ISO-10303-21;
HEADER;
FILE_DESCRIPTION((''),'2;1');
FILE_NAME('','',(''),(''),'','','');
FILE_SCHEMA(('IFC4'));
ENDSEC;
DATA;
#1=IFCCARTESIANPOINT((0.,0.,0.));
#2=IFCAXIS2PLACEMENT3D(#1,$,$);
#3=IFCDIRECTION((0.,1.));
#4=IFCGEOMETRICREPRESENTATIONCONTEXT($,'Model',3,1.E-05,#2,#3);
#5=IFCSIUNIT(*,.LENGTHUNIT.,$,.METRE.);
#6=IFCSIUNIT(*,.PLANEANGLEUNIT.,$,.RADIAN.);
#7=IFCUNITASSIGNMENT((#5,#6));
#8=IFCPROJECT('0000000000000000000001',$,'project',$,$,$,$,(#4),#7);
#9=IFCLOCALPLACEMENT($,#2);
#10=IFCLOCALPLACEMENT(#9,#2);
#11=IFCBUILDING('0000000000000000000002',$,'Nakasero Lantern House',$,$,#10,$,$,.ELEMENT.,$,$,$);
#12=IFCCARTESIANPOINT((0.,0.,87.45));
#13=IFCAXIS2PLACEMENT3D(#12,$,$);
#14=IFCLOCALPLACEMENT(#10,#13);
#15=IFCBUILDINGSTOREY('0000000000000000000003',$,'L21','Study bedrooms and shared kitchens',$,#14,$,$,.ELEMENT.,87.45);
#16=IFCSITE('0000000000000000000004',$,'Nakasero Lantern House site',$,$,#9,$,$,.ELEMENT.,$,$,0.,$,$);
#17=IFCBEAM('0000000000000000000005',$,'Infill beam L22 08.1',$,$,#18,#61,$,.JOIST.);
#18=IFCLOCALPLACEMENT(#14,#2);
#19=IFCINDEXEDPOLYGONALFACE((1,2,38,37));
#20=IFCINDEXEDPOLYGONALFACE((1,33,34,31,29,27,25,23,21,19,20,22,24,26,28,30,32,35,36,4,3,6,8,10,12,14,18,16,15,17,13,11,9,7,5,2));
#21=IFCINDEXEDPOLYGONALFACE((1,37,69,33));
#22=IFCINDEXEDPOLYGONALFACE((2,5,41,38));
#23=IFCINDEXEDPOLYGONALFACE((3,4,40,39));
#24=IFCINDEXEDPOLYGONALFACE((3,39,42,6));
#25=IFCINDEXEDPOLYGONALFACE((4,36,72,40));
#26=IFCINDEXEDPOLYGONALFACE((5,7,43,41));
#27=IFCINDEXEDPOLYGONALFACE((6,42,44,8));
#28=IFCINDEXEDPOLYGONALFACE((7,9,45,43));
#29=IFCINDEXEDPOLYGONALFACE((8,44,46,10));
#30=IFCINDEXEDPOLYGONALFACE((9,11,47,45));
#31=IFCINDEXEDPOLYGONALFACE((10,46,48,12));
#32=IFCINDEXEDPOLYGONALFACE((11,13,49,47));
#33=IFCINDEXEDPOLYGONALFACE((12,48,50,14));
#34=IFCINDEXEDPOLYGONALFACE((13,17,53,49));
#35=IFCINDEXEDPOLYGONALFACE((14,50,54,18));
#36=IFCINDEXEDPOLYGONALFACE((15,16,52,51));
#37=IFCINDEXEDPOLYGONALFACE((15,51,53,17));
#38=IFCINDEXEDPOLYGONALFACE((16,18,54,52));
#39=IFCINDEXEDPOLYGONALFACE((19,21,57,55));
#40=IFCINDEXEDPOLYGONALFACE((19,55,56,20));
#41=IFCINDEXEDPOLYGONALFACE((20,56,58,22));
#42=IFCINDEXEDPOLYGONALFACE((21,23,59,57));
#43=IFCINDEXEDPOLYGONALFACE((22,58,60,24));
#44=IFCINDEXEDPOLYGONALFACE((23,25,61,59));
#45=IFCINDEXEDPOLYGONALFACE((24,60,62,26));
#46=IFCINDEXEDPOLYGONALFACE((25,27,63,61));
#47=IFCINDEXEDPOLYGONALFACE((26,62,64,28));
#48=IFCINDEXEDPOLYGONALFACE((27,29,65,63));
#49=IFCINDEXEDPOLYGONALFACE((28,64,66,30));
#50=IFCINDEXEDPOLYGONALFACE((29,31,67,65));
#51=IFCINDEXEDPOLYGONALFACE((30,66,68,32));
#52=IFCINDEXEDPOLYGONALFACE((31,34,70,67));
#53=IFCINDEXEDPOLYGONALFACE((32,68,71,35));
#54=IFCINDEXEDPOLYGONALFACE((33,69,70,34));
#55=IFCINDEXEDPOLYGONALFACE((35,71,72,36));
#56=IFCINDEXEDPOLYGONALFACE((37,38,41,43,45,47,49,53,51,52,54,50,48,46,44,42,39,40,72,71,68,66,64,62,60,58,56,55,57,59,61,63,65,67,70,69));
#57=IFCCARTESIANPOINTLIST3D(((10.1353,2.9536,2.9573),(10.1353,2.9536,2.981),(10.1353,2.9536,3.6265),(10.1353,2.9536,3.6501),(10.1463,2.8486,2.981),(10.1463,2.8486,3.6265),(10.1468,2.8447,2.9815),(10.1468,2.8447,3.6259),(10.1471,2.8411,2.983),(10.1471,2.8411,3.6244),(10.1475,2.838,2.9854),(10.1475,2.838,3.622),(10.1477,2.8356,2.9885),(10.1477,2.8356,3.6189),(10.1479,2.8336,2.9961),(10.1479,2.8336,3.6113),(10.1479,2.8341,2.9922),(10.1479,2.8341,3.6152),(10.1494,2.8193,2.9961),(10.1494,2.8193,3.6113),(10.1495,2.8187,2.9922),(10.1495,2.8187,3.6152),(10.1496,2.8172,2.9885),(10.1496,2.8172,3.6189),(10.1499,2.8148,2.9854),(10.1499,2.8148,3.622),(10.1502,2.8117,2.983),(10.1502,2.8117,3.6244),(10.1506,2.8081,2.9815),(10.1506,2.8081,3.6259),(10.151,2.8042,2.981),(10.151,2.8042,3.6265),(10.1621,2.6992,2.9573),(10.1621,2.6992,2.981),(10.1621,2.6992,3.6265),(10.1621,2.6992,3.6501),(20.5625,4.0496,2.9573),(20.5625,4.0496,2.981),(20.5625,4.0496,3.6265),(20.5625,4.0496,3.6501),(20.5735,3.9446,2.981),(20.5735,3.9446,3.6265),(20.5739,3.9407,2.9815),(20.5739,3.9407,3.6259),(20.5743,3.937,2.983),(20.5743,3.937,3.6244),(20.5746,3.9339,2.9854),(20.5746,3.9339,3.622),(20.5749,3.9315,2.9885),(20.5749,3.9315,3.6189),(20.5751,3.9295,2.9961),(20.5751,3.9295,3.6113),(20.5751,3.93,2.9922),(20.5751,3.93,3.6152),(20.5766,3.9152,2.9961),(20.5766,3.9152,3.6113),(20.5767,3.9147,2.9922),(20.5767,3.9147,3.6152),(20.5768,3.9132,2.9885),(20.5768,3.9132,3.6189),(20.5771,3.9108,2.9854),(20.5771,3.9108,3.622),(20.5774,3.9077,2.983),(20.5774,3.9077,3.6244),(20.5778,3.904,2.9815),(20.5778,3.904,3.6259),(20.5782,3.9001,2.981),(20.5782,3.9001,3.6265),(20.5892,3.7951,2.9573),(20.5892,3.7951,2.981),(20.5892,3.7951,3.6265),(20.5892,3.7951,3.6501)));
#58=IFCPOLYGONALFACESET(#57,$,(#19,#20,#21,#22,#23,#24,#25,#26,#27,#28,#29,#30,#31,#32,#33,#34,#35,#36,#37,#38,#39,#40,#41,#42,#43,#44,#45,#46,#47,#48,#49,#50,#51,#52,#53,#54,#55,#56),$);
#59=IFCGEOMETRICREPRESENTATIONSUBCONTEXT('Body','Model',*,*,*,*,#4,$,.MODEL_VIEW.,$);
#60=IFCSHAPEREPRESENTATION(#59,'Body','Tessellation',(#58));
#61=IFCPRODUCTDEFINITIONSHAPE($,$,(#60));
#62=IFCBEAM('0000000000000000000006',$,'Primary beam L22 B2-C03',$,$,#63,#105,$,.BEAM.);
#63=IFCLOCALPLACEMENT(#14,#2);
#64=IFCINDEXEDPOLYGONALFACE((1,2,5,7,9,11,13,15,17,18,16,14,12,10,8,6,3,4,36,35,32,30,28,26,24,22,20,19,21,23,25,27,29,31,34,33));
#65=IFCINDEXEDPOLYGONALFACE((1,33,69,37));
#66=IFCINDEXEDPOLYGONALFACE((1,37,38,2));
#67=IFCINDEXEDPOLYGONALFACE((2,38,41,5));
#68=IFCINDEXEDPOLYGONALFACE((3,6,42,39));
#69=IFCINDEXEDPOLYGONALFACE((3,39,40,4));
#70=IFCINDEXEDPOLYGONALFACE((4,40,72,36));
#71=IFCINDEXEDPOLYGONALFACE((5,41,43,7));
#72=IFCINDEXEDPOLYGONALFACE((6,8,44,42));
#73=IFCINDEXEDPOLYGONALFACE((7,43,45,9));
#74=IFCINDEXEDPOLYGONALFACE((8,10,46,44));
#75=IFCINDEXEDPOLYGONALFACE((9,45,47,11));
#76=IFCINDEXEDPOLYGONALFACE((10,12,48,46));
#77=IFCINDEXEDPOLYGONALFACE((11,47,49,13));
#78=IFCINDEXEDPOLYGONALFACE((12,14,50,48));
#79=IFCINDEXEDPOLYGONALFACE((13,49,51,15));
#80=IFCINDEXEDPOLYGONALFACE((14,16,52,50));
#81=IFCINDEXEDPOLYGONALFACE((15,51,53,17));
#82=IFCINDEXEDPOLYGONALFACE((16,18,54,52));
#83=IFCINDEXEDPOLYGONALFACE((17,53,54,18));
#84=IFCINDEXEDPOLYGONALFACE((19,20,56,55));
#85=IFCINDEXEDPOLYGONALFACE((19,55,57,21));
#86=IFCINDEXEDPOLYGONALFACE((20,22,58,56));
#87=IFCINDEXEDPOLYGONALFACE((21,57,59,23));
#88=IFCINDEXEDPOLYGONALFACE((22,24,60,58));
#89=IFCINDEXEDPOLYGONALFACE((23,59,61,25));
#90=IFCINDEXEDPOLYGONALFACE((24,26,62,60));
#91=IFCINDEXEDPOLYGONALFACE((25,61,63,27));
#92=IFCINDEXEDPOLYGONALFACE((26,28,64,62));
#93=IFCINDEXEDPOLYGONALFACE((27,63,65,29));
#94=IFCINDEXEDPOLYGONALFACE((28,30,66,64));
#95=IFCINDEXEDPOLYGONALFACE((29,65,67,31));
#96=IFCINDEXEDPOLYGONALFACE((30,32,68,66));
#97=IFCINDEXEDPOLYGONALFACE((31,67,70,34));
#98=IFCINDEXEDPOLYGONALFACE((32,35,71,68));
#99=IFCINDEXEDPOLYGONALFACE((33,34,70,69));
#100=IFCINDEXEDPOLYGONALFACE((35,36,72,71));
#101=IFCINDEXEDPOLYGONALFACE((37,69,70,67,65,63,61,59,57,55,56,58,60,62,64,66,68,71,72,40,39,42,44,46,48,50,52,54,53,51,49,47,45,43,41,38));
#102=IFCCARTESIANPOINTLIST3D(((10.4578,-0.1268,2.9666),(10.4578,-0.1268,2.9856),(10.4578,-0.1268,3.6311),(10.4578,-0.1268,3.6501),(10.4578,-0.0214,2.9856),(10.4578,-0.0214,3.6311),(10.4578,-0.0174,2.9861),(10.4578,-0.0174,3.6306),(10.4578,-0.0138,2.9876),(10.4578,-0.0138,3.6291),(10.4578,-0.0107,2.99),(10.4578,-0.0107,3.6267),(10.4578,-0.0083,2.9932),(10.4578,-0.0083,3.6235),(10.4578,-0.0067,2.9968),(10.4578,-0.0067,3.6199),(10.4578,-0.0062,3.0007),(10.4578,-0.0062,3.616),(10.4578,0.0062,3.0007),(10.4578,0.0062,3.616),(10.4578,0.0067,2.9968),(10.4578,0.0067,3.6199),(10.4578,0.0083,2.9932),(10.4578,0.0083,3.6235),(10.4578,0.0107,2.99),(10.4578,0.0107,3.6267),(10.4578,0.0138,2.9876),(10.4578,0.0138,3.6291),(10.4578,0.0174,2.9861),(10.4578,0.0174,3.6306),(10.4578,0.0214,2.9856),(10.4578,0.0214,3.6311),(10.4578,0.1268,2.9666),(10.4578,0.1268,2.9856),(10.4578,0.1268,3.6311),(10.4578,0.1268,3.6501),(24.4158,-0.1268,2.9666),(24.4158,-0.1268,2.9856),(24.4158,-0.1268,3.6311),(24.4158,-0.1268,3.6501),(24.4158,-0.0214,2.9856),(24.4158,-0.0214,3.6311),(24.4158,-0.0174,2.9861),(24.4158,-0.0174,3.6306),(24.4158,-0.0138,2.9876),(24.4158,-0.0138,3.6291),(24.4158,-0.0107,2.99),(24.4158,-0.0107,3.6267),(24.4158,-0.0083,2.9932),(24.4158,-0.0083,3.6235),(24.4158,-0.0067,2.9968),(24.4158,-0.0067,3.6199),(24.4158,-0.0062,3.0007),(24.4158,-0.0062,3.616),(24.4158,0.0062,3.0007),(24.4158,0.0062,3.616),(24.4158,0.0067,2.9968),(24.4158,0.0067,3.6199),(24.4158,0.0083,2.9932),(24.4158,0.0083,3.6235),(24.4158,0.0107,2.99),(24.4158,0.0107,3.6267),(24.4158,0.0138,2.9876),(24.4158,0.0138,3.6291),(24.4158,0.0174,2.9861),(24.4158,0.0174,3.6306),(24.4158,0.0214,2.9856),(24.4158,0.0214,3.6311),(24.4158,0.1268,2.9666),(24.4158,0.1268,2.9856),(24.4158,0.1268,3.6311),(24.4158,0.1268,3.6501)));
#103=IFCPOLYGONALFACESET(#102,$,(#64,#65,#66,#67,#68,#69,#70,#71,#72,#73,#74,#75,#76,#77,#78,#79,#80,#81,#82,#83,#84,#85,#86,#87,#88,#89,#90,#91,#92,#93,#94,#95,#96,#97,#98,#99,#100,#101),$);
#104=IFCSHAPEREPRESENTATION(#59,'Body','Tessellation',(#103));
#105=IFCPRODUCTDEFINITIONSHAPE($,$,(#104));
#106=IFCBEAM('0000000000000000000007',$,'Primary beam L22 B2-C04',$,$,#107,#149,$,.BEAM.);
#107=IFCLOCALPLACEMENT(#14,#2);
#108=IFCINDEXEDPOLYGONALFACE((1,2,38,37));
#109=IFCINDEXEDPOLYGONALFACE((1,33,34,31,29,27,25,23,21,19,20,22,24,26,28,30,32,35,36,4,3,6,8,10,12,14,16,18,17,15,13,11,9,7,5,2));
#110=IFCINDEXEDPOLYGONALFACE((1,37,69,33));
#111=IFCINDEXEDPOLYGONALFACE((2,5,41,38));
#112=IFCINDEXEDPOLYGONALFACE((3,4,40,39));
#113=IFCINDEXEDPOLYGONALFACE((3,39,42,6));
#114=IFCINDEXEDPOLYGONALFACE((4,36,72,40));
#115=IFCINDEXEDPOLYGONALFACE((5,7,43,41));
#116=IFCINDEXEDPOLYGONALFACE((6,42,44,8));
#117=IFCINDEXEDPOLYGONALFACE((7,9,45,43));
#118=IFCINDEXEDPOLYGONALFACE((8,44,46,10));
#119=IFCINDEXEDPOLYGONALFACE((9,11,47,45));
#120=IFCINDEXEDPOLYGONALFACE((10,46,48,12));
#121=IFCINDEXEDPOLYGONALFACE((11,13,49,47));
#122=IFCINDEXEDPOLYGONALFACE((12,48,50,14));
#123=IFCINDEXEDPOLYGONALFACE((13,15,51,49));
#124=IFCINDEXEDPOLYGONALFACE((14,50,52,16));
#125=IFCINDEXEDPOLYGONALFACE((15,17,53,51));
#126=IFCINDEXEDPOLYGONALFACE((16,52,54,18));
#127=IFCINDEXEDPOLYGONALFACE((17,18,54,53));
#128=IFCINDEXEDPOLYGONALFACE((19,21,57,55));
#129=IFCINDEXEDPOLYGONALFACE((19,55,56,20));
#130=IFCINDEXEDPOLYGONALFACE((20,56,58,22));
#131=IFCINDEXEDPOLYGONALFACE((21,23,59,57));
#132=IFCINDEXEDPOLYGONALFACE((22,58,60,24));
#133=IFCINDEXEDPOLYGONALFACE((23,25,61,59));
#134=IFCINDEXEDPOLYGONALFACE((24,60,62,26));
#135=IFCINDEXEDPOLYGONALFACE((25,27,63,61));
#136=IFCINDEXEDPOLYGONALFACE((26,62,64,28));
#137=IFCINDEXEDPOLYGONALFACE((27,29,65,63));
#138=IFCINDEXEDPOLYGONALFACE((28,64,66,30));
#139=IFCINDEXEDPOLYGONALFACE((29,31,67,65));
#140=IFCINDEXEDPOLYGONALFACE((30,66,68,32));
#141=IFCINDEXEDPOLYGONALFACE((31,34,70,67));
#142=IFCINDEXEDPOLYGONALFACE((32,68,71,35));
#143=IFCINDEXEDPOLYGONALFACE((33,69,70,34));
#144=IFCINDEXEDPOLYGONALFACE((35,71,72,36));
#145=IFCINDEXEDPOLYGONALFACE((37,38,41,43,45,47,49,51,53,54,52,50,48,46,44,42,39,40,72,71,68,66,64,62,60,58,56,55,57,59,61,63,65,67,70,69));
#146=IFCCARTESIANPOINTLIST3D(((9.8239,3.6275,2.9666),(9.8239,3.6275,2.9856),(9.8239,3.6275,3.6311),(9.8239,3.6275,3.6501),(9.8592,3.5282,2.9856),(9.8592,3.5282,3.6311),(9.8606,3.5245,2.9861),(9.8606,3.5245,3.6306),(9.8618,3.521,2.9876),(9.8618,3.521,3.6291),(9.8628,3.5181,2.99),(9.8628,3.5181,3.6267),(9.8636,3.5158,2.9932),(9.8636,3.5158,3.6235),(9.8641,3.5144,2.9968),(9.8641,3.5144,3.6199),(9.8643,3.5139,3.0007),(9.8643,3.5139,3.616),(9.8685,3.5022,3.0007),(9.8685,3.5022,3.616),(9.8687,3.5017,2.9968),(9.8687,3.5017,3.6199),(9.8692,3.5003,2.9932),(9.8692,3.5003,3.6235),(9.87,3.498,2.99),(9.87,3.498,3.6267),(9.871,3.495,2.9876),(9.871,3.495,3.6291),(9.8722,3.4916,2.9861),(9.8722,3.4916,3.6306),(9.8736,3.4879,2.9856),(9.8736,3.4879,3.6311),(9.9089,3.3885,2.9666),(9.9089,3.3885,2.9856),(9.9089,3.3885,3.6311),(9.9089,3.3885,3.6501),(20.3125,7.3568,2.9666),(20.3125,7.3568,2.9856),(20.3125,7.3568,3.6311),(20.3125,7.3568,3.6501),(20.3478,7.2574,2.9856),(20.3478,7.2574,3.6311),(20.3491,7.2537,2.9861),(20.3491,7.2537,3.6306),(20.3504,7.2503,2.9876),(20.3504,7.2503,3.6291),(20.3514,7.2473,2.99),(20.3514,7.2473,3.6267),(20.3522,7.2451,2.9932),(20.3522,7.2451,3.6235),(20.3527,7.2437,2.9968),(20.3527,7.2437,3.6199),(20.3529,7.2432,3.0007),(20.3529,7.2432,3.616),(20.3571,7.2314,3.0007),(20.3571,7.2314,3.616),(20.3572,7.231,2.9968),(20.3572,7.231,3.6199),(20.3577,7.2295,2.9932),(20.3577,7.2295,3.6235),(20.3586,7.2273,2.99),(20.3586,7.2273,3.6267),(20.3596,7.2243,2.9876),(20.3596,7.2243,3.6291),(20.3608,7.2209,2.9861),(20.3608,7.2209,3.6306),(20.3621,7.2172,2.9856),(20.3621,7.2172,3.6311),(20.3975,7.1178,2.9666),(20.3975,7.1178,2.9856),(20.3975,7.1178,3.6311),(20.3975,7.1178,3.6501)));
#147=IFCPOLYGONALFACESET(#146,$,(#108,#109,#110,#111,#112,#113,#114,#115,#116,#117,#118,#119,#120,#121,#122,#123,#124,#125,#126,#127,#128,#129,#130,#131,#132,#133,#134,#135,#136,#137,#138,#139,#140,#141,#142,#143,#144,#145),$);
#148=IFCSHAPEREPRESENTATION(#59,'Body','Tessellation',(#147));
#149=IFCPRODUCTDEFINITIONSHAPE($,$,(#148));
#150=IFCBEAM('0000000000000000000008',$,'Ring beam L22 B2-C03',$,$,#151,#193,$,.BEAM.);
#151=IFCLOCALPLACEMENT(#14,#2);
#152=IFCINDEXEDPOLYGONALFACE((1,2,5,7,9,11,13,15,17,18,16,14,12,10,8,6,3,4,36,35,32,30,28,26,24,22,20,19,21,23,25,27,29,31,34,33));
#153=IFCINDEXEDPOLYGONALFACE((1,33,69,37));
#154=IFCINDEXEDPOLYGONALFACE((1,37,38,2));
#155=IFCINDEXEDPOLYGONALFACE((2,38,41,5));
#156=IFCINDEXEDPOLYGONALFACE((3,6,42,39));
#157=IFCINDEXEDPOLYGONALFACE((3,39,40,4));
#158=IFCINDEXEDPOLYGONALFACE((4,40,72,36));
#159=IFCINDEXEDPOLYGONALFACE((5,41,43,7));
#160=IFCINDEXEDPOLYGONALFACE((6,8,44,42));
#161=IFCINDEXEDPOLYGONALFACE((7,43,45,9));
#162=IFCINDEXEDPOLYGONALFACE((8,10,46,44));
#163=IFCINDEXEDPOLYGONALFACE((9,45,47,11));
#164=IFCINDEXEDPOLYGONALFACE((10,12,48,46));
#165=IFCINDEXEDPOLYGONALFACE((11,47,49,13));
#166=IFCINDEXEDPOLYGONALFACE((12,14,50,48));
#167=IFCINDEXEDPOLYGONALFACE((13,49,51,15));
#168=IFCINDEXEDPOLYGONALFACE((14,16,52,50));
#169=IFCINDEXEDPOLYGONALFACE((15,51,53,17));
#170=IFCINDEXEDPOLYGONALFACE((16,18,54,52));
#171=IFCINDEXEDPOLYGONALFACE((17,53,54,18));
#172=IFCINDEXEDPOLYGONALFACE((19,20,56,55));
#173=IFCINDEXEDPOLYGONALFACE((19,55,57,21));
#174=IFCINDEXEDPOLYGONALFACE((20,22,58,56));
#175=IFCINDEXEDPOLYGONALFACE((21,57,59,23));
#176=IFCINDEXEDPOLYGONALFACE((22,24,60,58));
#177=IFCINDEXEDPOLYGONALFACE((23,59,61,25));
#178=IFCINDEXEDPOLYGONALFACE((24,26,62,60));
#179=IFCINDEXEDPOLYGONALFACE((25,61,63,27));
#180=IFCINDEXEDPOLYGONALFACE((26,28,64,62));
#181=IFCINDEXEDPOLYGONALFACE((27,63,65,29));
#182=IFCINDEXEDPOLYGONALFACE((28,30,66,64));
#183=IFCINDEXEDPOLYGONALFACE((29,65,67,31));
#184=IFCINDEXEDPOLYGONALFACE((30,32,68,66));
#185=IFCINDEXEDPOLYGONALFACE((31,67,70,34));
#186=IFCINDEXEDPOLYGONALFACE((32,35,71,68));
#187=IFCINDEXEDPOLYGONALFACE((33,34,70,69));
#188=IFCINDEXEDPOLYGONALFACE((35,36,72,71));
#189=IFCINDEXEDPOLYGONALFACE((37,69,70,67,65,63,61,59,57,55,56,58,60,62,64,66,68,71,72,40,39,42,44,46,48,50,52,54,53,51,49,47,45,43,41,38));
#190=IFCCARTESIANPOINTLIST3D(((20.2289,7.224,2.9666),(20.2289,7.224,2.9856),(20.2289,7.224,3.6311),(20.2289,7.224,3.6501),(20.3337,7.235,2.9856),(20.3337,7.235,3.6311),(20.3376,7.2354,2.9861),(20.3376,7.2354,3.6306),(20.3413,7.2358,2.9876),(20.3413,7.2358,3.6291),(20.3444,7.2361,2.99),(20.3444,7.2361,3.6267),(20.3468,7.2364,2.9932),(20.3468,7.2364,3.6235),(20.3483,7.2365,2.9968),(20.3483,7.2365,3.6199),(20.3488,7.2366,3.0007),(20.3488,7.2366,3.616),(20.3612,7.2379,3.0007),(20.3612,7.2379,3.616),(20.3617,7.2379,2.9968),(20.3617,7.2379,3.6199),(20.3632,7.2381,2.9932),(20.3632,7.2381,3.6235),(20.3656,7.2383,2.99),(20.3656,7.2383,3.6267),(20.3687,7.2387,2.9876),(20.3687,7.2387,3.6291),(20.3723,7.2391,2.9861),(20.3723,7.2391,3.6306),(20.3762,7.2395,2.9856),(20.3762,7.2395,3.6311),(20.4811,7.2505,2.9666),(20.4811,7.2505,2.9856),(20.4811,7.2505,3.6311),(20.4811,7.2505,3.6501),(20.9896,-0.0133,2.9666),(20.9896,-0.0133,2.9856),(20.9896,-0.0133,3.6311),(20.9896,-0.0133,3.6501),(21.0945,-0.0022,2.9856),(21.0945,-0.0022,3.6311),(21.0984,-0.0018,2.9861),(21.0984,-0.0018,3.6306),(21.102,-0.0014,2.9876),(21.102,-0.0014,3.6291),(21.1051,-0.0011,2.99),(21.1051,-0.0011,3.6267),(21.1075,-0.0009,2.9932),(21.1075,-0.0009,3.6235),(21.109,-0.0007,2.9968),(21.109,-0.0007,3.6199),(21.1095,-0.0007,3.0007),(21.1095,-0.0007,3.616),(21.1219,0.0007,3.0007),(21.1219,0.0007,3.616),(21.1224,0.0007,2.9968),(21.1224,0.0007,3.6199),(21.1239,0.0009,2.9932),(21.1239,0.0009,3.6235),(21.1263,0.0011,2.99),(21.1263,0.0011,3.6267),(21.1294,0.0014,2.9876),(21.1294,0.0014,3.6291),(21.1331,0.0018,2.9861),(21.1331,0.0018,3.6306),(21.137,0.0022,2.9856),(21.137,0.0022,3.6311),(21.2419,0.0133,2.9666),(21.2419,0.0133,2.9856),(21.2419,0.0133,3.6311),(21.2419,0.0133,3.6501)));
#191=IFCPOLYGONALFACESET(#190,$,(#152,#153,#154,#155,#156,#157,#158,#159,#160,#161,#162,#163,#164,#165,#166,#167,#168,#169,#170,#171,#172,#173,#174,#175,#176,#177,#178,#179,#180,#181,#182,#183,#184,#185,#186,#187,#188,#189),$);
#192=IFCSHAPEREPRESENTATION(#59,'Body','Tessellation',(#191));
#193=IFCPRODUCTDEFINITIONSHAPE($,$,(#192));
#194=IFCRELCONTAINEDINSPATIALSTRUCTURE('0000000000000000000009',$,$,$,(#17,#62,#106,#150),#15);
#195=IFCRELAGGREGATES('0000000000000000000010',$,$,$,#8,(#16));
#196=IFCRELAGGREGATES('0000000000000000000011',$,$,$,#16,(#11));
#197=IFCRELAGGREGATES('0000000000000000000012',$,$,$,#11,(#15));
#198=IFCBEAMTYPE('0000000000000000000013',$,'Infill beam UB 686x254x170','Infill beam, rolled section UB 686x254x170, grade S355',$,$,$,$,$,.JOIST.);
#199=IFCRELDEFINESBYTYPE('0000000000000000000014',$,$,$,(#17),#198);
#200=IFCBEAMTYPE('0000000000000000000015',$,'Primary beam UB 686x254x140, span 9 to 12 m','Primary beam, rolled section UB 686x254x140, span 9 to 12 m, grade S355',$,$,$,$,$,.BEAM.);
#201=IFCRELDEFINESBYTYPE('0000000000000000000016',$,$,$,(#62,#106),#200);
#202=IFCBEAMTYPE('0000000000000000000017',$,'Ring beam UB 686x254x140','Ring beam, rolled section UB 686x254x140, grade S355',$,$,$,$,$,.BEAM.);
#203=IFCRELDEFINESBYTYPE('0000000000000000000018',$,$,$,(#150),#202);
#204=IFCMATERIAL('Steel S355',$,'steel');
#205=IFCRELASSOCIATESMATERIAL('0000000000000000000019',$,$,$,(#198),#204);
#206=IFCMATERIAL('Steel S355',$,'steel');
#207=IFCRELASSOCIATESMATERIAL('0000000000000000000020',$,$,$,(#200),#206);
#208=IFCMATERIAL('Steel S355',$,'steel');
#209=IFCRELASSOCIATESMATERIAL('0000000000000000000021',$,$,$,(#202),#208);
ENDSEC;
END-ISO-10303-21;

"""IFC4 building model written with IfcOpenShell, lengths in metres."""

from ifc_helpers import new_model, si_unit, direction, frame, origin, origin_2d, place, context, subcontext, project, spatial, i_section, extrude, material, material_profile, profile_set, type_object, element, save


model = new_model("IFC4")

# Units and contexts
model_context = context("Model", 3, precision=1e-05, world=origin(), true_north=direction((0.0, 1.0)))
body_context = subcontext(model_context, "Body", "Model", "MODEL_VIEW")
ifc_project = project(units=[si_unit("LENGTHUNIT", "METRE"), si_unit("PLANEANGLEUNIT", "RADIAN")], contexts=[model_context])

# Site, building, storey
site_placement = place(None, origin())
site = spatial("IfcSite", under=ifc_project, at=site_placement, Name="Nakasero Lantern House site", CompositionType="ELEMENT", RefElevation=0.0)
building_placement = place(site_placement, origin())
building = spatial("IfcBuilding", under=site, at=building_placement, Name="Nakasero Lantern House", CompositionType="ELEMENT")
storey_placement = place(building_placement, frame((0.0, 0.0, 87.45)))
storey = spatial("IfcBuildingStorey", under=building, at=storey_placement, Name="L21", Description="Study bedrooms and shared kitchens", CompositionType="ELEMENT", Elevation=87.45)

# Beams
ifc_material_1 = material(Name="Steel S355", Category="steel")
ifc_material_profile_1 = material_profile(ifc_material_1, i_section(OverallWidth=0.2559, OverallDepth=0.6929, WebThickness=0.0144, FlangeThickness=0.0237, FilletRadius=0.0151, at=origin_2d()), Name="UB 686x254x170")
ifc_profile_set_1 = profile_set([ifc_material_profile_1], Name="Steel S355")
beam_type_1 = type_object("IfcBeamType", Name="Infill beam UB 686x254x170", Description="Infill beam, rolled section UB 686x254x170, grade S355", PredefinedType="JOIST", material=ifc_profile_set_1)
beam_1_placement = place(storey_placement, frame((10.1487, 2.8264, 3.3037), z_axis=(0.994522, 0.104528, 0.0), x_axis=(-0.104528, 0.994522, 0.0)))
element("IfcBeam", 1, at=beam_1_placement, inside=storey, type_object=beam_type_1, Name="Infill beam L22 08.1", PredefinedType="JOIST", context=body_context, shape_type="SweptSolid", body=[
    extrude(i_section(OverallWidth=0.2559, OverallDepth=0.6929, WebThickness=0.0144, FlangeThickness=0.0237, FilletRadius=0.0151, at=origin_2d()), origin(), (0.0, 0.0, 1.0), 10.4846),
])
ifc_material_2 = material(Name="Steel S355", Category="steel")
ifc_material_profile_2 = material_profile(ifc_material_2, i_section(OverallWidth=0.2537, OverallDepth=0.6836, WebThickness=0.0125, FlangeThickness=0.019, FilletRadius=0.0151, at=origin_2d()), Name="UB 686x254x140")
ifc_profile_set_2 = profile_set([ifc_material_profile_2], Name="Steel S355")
beam_type_2 = type_object("IfcBeamType", Name="Primary beam UB 686x254x140, span 9 to 12 m", Description="Primary beam, rolled section UB 686x254x140, span 9 to 12 m, grade S355", PredefinedType="BEAM", material=ifc_profile_set_2)
beam_2_placement = place(storey_placement, frame((24.4158, 0.0, 3.3083), z_axis=(-1.0, 0.0, 0.0), x_axis=(0.0, -1.0, 0.0)))
element("IfcBeam", 2, at=beam_2_placement, inside=storey, type_object=beam_type_2, Name="Primary beam L22 B2-C03", PredefinedType="BEAM", context=body_context, shape_type="SweptSolid", body=[
    extrude(i_section(OverallWidth=0.2537, OverallDepth=0.6836, WebThickness=0.0125, FlangeThickness=0.019, FilletRadius=0.0151, at=origin_2d()), origin(), (0.0, 0.0, 1.0), 13.958),
])
beam_3_placement = place(storey_placement, frame((20.355, 7.2373, 3.3083), z_axis=(-0.942215, -0.335009, 0.0), x_axis=(0.335009, -0.942215, 0.0)))
element("IfcBeam", 3, at=beam_3_placement, inside=storey, type_object=beam_type_2, Name="Primary beam L22 B2-C04", PredefinedType="BEAM", context=body_context, shape_type="SweptSolid", body=[
    extrude(i_section(OverallWidth=0.2537, OverallDepth=0.6836, WebThickness=0.0125, FlangeThickness=0.019, FilletRadius=0.0151, at=origin_2d()), origin(), (0.0, 0.0, 1.0), 11.1318),
])
ifc_material_3 = material(Name="Steel S355", Category="steel")
ifc_material_profile_3 = material_profile(ifc_material_3, i_section(OverallWidth=0.2537, OverallDepth=0.6836, WebThickness=0.0125, FlangeThickness=0.019, FilletRadius=0.0151, at=origin_2d()), Name="UB 686x254x140")
ifc_profile_set_3 = profile_set([ifc_material_profile_3], Name="Steel S355")
beam_type_3 = type_object("IfcBeamType", Name="Ring beam UB 686x254x140", Description="Ring beam, rolled section UB 686x254x140, grade S355", PredefinedType="BEAM", material=ifc_profile_set_3)
beam_4_placement = place(storey_placement, frame((21.1157, 0.0, 3.3083), z_axis=(-0.104538, 0.994521, 0.0), x_axis=(-0.994521, -0.104538, 0.0)))
element("IfcBeam", 4, at=beam_4_placement, inside=storey, type_object=beam_type_3, Name="Ring beam L22 B2-C03", PredefinedType="BEAM", context=body_context, shape_type="SweptSolid", body=[
    extrude(i_section(OverallWidth=0.2537, OverallDepth=0.6836, WebThickness=0.0125, FlangeThickness=0.019, FilletRadius=0.0151, at=origin_2d()), origin(), (0.0, 0.0, 1.0), 7.2771),
])

save(model, "model.ifc")
